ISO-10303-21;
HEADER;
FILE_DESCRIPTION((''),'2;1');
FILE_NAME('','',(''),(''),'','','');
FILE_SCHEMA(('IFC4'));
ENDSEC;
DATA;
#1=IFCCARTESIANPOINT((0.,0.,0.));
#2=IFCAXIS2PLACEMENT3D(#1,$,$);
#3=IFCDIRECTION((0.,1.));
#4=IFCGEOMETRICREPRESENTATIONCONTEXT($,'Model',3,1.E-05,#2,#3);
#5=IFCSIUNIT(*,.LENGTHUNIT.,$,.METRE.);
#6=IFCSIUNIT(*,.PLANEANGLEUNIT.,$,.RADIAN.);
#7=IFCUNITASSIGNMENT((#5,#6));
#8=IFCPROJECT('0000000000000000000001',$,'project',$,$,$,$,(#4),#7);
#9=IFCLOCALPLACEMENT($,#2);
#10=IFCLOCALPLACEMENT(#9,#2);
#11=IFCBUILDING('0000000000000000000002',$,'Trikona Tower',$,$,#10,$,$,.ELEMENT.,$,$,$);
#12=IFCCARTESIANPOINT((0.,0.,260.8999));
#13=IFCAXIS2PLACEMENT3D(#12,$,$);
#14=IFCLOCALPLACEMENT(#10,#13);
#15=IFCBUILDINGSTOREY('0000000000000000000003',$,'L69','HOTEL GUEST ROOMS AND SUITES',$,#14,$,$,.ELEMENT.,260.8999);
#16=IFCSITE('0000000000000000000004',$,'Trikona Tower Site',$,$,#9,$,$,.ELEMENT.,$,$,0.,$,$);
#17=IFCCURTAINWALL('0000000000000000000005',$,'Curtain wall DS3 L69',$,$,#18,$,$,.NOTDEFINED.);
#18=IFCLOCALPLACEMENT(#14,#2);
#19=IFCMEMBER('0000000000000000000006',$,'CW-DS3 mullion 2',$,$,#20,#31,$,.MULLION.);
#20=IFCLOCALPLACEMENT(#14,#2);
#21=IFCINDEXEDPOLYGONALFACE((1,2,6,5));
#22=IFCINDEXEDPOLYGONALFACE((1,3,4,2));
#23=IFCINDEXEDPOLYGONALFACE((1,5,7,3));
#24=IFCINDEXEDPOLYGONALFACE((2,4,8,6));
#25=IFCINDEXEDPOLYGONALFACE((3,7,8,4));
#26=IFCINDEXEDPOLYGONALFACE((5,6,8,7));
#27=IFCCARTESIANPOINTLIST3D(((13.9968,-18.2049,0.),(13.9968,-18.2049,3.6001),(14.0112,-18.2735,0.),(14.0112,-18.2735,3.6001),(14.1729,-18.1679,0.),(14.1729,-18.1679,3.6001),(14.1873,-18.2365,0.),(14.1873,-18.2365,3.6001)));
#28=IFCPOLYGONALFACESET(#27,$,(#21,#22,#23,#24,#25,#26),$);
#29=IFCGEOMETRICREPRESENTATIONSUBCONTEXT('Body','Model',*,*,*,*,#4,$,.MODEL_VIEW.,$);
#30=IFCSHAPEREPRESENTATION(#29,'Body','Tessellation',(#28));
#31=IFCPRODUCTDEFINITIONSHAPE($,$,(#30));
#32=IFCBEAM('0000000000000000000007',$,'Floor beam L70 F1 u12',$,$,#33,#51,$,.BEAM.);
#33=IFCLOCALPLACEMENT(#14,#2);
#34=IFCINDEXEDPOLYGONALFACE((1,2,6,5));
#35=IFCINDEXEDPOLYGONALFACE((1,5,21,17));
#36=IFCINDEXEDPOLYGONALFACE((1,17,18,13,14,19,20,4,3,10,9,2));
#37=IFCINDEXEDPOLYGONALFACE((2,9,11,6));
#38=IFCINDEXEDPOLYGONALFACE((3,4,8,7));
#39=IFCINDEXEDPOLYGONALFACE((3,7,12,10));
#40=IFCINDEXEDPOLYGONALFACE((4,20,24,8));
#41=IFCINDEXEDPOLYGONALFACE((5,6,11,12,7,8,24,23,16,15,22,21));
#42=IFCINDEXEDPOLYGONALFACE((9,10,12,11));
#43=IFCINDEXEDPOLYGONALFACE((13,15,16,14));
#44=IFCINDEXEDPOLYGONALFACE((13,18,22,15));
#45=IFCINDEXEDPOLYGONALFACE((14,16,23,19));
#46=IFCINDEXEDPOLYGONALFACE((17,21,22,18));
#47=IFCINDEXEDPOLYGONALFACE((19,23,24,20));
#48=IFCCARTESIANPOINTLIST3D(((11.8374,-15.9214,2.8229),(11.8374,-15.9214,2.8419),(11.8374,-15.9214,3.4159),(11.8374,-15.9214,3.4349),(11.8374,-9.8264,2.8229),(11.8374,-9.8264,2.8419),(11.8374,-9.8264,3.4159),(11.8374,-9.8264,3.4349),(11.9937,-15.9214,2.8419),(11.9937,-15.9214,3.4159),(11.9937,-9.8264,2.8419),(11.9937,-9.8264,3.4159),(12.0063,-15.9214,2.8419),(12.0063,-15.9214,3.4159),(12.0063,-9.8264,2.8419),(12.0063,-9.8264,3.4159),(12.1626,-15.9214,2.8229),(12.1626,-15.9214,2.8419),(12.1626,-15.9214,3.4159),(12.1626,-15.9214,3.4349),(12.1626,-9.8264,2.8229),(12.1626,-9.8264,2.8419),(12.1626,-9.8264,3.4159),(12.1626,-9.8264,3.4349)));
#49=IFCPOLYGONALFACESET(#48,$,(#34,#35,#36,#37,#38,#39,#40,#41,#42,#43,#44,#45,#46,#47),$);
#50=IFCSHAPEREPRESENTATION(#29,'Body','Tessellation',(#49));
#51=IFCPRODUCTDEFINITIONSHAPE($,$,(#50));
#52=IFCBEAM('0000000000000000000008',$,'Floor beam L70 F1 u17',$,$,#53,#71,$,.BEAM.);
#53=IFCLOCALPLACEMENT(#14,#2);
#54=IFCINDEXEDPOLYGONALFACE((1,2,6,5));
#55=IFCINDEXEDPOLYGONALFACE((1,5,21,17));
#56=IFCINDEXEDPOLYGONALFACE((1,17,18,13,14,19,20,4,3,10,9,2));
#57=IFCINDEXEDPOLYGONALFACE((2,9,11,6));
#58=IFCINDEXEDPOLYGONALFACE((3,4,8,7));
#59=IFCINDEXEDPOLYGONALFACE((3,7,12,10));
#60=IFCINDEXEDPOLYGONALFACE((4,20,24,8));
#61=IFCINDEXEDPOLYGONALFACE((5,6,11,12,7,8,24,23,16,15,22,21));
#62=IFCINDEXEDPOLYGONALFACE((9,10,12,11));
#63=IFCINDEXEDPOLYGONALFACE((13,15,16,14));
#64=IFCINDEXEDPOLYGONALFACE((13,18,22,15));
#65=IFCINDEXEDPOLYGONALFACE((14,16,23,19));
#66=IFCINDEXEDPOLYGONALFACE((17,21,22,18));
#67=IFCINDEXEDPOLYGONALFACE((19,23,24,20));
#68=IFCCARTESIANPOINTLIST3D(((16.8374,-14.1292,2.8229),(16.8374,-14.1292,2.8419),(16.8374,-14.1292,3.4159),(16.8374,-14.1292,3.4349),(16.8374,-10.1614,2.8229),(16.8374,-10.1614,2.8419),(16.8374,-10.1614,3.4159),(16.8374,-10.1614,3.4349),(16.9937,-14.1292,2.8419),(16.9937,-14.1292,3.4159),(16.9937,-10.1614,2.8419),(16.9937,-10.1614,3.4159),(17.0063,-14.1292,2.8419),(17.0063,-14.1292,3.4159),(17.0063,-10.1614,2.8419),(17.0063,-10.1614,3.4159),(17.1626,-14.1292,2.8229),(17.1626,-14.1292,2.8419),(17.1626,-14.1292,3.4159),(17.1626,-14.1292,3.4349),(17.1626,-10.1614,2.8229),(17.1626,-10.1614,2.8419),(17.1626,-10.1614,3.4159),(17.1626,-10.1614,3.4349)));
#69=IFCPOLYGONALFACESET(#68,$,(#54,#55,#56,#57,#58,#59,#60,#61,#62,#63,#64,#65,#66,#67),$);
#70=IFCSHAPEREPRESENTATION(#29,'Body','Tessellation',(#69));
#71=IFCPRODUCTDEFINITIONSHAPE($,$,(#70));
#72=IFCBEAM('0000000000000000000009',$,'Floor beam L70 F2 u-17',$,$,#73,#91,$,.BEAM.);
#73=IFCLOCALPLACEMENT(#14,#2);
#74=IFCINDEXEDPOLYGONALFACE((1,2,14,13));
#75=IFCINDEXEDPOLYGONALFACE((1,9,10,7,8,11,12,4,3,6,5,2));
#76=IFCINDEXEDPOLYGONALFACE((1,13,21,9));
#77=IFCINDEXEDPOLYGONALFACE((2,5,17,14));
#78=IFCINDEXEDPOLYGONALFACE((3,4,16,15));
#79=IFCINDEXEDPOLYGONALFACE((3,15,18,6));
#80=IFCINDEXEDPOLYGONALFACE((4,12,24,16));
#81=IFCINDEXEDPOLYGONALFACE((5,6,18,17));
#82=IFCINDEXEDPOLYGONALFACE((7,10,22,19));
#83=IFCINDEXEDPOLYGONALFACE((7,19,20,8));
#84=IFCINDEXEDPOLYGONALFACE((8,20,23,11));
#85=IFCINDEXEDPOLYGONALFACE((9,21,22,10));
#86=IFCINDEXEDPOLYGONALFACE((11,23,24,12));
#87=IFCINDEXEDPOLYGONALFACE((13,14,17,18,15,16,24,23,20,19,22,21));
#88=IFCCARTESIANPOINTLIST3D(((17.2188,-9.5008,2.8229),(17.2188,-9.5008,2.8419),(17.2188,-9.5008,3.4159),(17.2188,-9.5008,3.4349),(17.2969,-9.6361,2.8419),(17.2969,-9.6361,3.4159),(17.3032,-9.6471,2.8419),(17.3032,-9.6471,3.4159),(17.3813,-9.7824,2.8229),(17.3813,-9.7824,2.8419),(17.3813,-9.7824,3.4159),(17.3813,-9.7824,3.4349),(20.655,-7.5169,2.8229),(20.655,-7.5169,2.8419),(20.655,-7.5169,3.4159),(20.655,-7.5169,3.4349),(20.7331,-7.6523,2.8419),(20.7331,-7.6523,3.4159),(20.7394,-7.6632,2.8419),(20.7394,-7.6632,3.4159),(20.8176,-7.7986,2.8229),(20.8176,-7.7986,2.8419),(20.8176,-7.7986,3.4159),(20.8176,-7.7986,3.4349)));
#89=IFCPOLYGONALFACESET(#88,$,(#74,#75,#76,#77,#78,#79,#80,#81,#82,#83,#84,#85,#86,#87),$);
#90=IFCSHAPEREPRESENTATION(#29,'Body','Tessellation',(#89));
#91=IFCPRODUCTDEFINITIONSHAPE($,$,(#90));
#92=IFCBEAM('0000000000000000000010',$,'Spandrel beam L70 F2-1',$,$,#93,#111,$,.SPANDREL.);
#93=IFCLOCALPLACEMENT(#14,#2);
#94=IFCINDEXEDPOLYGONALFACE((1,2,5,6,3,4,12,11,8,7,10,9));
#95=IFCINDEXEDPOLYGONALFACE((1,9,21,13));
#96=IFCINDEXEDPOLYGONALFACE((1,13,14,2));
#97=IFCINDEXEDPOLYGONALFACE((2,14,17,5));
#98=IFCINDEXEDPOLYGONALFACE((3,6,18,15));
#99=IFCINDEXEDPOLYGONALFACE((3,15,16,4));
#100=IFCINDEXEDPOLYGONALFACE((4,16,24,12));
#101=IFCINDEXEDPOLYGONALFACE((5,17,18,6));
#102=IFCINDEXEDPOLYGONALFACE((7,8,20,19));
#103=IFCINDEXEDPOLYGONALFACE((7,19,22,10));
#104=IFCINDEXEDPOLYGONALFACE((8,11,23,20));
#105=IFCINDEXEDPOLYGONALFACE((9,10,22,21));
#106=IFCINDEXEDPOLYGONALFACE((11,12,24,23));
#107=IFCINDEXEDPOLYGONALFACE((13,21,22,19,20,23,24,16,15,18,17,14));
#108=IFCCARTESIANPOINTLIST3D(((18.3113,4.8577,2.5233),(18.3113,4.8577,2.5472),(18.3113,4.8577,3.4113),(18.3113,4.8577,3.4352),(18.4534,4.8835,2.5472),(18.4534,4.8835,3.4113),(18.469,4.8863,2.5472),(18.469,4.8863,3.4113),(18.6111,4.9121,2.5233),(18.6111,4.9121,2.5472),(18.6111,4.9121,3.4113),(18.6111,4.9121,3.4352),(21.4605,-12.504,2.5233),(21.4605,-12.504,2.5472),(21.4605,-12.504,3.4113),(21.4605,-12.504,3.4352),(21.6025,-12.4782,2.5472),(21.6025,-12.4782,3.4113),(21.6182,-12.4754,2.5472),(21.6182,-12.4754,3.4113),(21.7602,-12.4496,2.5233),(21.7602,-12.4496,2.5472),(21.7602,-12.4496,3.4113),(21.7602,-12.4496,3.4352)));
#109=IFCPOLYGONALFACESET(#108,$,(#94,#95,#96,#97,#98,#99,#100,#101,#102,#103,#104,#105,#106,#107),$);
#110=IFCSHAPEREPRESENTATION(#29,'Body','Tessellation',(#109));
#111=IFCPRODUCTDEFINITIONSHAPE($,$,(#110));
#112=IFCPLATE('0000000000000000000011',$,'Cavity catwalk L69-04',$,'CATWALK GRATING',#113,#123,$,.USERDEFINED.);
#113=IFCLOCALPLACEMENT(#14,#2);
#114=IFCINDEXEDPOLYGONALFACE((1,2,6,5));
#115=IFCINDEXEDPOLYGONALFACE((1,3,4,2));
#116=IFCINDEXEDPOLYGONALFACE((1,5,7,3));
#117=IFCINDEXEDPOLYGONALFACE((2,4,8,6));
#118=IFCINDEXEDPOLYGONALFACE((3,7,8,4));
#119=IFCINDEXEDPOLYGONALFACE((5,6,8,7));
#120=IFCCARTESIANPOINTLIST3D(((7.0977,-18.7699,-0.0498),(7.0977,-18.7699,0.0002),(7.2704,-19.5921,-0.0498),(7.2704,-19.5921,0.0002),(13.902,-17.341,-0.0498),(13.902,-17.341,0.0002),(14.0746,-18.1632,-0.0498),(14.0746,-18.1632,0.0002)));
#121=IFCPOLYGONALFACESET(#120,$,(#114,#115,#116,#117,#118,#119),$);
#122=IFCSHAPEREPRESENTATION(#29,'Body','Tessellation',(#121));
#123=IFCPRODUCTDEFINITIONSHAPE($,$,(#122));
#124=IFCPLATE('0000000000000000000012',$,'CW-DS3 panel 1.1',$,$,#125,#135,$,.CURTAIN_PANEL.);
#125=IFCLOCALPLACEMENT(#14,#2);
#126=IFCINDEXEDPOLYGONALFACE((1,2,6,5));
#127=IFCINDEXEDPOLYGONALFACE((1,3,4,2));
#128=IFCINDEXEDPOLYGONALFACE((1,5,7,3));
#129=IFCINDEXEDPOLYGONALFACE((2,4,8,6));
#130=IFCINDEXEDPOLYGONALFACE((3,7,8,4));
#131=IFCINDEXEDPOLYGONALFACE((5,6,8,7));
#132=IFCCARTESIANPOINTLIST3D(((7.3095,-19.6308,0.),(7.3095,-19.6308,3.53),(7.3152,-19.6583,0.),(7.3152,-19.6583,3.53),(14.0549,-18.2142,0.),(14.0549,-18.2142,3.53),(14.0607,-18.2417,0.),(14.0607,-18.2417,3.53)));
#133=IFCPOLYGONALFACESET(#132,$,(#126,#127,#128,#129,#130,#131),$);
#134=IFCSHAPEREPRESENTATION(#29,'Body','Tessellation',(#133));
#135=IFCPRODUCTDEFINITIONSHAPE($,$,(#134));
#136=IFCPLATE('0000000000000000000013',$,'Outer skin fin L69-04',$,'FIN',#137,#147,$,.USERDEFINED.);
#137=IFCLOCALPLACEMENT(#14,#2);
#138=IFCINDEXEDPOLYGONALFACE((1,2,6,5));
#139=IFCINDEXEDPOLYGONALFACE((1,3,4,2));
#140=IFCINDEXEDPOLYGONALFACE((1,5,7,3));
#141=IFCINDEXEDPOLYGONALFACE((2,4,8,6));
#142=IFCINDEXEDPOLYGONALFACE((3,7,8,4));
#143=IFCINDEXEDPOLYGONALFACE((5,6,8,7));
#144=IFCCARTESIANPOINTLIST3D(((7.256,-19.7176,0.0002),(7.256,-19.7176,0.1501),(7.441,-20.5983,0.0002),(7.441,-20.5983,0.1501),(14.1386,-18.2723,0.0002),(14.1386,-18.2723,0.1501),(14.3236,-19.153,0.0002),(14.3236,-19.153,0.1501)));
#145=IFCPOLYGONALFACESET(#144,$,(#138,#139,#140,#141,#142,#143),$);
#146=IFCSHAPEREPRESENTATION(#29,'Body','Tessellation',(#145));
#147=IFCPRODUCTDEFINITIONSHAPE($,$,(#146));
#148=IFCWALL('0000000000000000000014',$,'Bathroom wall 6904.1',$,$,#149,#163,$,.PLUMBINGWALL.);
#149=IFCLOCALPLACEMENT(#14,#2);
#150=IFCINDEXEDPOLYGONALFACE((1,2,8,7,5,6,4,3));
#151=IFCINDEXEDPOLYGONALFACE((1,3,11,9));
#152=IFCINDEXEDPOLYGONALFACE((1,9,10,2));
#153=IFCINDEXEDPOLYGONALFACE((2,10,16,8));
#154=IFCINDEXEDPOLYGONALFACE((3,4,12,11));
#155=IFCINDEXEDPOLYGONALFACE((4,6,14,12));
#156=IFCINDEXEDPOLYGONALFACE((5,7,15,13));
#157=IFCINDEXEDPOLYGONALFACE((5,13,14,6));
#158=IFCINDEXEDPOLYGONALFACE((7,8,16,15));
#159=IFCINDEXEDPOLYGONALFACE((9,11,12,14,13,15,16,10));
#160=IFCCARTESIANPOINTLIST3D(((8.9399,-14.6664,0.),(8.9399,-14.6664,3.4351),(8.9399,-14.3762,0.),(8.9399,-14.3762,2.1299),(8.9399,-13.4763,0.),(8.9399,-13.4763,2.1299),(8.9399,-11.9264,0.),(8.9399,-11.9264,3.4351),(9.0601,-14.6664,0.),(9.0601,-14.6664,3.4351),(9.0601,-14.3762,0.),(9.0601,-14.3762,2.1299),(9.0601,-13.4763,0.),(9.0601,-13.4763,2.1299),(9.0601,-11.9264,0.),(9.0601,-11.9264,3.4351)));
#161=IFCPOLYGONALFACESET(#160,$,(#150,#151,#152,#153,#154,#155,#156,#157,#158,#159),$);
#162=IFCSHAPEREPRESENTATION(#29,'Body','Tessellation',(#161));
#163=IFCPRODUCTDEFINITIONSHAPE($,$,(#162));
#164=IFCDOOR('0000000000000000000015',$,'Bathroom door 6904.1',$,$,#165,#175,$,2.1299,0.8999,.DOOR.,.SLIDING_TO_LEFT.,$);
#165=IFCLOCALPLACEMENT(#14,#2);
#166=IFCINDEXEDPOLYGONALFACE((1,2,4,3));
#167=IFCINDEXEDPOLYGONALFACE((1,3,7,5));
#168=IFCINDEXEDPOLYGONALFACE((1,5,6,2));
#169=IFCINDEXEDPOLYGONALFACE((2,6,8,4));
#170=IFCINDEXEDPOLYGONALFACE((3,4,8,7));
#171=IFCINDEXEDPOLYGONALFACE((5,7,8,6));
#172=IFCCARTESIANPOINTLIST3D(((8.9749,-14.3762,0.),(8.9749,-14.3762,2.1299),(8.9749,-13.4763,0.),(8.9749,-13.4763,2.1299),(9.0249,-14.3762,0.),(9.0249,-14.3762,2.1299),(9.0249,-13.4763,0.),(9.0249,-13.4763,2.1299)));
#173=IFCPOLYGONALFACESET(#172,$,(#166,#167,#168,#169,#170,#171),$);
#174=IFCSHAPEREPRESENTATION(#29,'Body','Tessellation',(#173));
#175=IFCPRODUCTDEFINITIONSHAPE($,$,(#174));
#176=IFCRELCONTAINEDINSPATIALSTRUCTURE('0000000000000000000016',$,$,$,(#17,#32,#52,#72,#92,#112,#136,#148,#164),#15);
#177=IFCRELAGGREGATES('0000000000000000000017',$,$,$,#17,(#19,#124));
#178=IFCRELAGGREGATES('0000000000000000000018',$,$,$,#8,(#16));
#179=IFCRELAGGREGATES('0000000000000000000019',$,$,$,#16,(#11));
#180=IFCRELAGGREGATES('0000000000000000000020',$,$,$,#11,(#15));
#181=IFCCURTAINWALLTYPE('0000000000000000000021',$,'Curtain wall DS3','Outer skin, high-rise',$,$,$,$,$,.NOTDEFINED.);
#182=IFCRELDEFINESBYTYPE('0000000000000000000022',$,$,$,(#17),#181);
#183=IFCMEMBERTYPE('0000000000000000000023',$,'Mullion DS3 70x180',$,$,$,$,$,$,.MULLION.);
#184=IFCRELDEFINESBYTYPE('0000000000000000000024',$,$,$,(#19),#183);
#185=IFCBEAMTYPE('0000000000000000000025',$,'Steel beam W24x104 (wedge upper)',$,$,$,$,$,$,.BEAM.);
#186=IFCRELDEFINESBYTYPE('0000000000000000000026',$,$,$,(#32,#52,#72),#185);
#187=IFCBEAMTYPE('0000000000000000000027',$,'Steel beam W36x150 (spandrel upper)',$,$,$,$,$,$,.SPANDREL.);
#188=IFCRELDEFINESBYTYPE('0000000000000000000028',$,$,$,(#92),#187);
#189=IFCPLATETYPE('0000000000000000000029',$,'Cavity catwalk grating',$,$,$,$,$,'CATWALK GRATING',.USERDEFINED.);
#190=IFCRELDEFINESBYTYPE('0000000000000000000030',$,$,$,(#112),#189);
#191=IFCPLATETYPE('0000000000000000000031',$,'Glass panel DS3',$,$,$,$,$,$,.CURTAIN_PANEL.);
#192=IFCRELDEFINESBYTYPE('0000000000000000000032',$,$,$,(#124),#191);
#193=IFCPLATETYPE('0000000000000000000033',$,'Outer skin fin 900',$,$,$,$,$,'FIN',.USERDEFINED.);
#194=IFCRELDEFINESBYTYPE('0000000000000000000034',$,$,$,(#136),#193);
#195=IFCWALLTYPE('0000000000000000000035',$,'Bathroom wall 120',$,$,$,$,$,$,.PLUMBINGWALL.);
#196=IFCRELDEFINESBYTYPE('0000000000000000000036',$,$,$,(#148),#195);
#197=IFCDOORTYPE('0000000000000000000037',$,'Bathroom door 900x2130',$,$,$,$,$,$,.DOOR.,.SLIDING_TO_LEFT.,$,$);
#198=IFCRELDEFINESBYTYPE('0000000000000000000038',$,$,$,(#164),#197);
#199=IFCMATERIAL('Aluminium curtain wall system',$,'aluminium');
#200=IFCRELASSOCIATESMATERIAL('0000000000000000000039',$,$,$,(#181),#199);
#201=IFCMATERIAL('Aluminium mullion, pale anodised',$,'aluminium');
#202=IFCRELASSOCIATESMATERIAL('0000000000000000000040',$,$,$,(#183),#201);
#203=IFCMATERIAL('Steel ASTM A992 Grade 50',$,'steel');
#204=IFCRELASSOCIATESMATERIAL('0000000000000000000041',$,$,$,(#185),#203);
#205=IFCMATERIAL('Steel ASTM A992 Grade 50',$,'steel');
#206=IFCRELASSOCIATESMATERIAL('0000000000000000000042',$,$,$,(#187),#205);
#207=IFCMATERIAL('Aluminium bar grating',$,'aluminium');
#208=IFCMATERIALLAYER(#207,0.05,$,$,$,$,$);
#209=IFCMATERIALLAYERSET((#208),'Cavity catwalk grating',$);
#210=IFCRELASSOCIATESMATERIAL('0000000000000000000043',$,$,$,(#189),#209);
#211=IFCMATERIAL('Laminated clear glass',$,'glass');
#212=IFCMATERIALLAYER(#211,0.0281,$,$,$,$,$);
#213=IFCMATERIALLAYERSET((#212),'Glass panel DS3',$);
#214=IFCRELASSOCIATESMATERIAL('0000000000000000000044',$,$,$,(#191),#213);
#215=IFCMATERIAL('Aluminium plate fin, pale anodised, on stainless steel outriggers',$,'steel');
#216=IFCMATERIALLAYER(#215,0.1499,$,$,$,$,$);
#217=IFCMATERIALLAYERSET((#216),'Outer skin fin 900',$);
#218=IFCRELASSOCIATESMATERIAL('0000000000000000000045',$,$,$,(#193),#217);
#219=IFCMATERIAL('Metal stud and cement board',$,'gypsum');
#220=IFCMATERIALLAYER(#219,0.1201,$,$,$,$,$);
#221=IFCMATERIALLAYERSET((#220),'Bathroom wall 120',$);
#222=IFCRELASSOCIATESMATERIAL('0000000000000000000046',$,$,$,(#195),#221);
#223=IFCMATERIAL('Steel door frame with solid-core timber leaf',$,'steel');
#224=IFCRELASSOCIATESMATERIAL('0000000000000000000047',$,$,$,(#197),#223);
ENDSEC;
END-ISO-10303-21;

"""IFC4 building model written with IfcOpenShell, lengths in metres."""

from ifc_helpers import new_model, si_unit, direction, frame, frame_2d, origin, origin_2d, place, context, subcontext, project, spatial, rectangle, i_section, extrude, material, layer, layer_set, material_profile, profile_set, type_object, element, fill, aggregate, save


model = new_model("IFC4")

# Units and contexts
model_context = context("Model", 3, precision=1e-05, world=origin(), true_north=direction((0.0, 1.0)))
body_context = subcontext(model_context, "Body", "Model", "MODEL_VIEW")
ifc_project = project(units=[si_unit("LENGTHUNIT", "METRE"), si_unit("PLANEANGLEUNIT", "RADIAN")], contexts=[model_context])

# Site, building, storey
site_placement = place(None, origin())
site = spatial("IfcSite", under=ifc_project, at=site_placement, Name="Trikona Tower Site", CompositionType="ELEMENT", RefElevation=0.0)
building_placement = place(site_placement, origin())
building = spatial("IfcBuilding", under=site, at=building_placement, Name="Trikona Tower", CompositionType="ELEMENT")
storey_placement = place(building_placement, frame((0.0, 0.0, 260.8999)))
storey = spatial("IfcBuildingStorey", under=building, at=storey_placement, Name="L69", Description="HOTEL GUEST ROOMS AND SUITES", CompositionType="ELEMENT", Elevation=260.8999)

# Curtain wall, member
ifc_material_1 = material(Name="Aluminium curtain wall system", Category="aluminium")
curtain_wall_type = type_object("IfcCurtainWallType", Name="Curtain wall DS3", Description="Outer skin, high-rise", PredefinedType="NOTDEFINED", material=ifc_material_1)
curtain_wall_placement = place(storey_placement, origin())
curtain_wall = element("IfcCurtainWall", 1, at=curtain_wall_placement, inside=storey, type_object=curtain_wall_type, Name="Curtain wall DS3 L69", PredefinedType="NOTDEFINED")
ifc_material_2 = material(Name="Aluminium mullion, pale anodised", Category="aluminium")
ifc_material_profile_1 = material_profile(ifc_material_2, rectangle(XDim=0.0701, YDim=0.1799, at=origin_2d()), Name="MUL-DS3")
ifc_profile_set_1 = profile_set([ifc_material_profile_1], Name="Aluminium mullion, pale anodised")
member_type = type_object("IfcMemberType", Name="Mullion DS3 70x180", PredefinedType="MULLION", material=ifc_profile_set_1)
member_placement = place(storey_placement, frame((14.092, -18.2207, 0.0), z_axis=(0.0, 0.0, 1.0), x_axis=(-0.205527, 0.978651, 0.0)))
member = element("IfcMember", 2, at=member_placement, type_object=member_type, Name="CW-DS3 mullion 2", PredefinedType="MULLION", context=body_context, shape_type="SweptSolid", body=[
    extrude(rectangle(XDim=0.0701, YDim=0.1799, at=origin_2d()), origin(), (0.0, 0.0, 1.0), 3.6001),
])

# Beams
ifc_material_3 = material(Name="Steel ASTM A992 Grade 50", Category="steel")
ifc_material_profile_2 = material_profile(ifc_material_3, i_section(OverallWidth=0.3252, OverallDepth=0.6121, WebThickness=0.0127, FlangeThickness=0.019, at=origin_2d()), Name="W24X104")
ifc_profile_set_2 = profile_set([ifc_material_profile_2], Name="Steel ASTM A992 Grade 50")
beam_type_1 = type_object("IfcBeamType", Name="Steel beam W24x104 (wedge upper)", PredefinedType="BEAM", material=ifc_profile_set_2)
beam_1_placement = place(storey_placement, frame((12.0, -9.8264, 3.1289), z_axis=(0.0, -1.0, 0.0), x_axis=(1.0, 0.0, 0.0)))
element("IfcBeam", 3, at=beam_1_placement, inside=storey, type_object=beam_type_1, Name="Floor beam L70 F1 u12", PredefinedType="BEAM", context=body_context, shape_type="SweptSolid", body=[
    extrude(i_section(OverallWidth=0.3252, OverallDepth=0.6121, WebThickness=0.0127, FlangeThickness=0.019, at=origin_2d()), origin(), (0.0, 0.0, 1.0), 6.095),
])
for number, where, z_axis, x_axis, name in (
    (4, (17.0, -10.1614, 3.1289), (0.0, -1.0, 0.0), (1.0, 0.0, 0.0), "Floor beam L70 F1 u17"),
    (5, (17.3, -9.6416, 3.1289), (0.866031, 0.499991, 0.0), (-0.499991, 0.866031, 0.0), "Floor beam L70 F2 u-17"),
):
    element("IfcBeam", number, at=place(storey_placement, frame(where, z_axis=z_axis, x_axis=x_axis)), inside=storey, type_object=beam_type_1, Name=name, PredefinedType="BEAM", context=body_context, shape_type="SweptSolid", body=[
        extrude(i_section(OverallWidth=0.3252, OverallDepth=0.6121, WebThickness=0.0127, FlangeThickness=0.019, at=origin_2d()), origin(), (0.0, 0.0, 1.0), 3.9678),
    ])
ifc_material_4 = material(Name="Steel ASTM A992 Grade 50", Category="steel")
ifc_material_profile_3 = material_profile(ifc_material_4, i_section(OverallWidth=0.3047, OverallDepth=0.9119, WebThickness=0.0159, FlangeThickness=0.0239, at=origin_2d()), Name="W36X150")
ifc_profile_set_3 = profile_set([ifc_material_profile_3], Name="Steel ASTM A992 Grade 50")
beam_type_2 = type_object("IfcBeamType", Name="Steel beam W36x150 (spandrel upper)", PredefinedType="SPANDREL", material=ifc_profile_set_3)
beam_2_placement = place(storey_placement, frame((21.6104, -12.4768, 2.9792), z_axis=(-0.178473, 0.983945, 0.0), x_axis=(-0.983945, -0.178473, 0.0)))
element("IfcBeam", 6, at=beam_2_placement, inside=storey, type_object=beam_type_2, Name="Spandrel beam L70 F2-1", PredefinedType="SPANDREL", context=body_context, shape_type="SweptSolid", body=[
    extrude(i_section(OverallWidth=0.3047, OverallDepth=0.9119, WebThickness=0.0159, FlangeThickness=0.0239, at=origin_2d()), origin(), (0.0, 0.0, 1.0), 17.645),
])

# Plates
ifc_material_5 = material(Name="Aluminium bar grating", Category="aluminium")
ifc_layer_1 = layer(ifc_material_5, 0.05)
ifc_layer_set_1 = layer_set([ifc_layer_1], Name="Cavity catwalk grating")
plate_type_1 = type_object("IfcPlateType", Name="Cavity catwalk grating", ElementType="CATWALK GRATING", PredefinedType="USERDEFINED", material=ifc_layer_set_1)
plate_1_placement = place(storey_placement, frame((10.5862, -18.4666, -0.0498), z_axis=(0.0, 0.0, 1.0), x_axis=(0.978653, 0.205518, 0.0)))
element("IfcPlate", 7, at=plate_1_placement, inside=storey, type_object=plate_type_1, Name="Cavity catwalk L69-04", ObjectType="CATWALK GRATING", PredefinedType="USERDEFINED", context=body_context, shape_type="SweptSolid", body=[
    extrude(rectangle(XDim=6.9526, YDim=0.8401, at=origin_2d()), origin(), (0.0, 0.0, 1.0), 0.05),
])
ifc_material_6 = material(Name="Laminated clear glass", Category="glass")
ifc_layer_2 = layer(ifc_material_6, 0.0281)
ifc_layer_set_2 = layer_set([ifc_layer_2], Name="Glass panel DS3")
plate_type_2 = type_object("IfcPlateType", Name="Glass panel DS3", PredefinedType="CURTAIN_PANEL", material=ifc_layer_set_2)
plate_2_placement = place(storey_placement, frame((10.6851, -18.9363, 0.0), z_axis=(0.0, 0.0, 1.0), x_axis=(0.978651, 0.205527, 0.0)))
plate_2 = element("IfcPlate", 8, at=plate_2_placement, type_object=plate_type_2, Name="CW-DS3 panel 1.1", PredefinedType="CURTAIN_PANEL", context=body_context, shape_type="SweptSolid", body=[
    extrude(rectangle(XDim=6.8926, YDim=0.0281, at=origin_2d()), origin(), (0.0, 0.0, 1.0), 3.53),
])
aggregate(curtain_wall, [member, plate_2])
ifc_material_7 = material(Name="Aluminium plate fin, pale anodised, on stainless steel outriggers", Category="steel")
ifc_layer_3 = layer(ifc_material_7, 0.1499)
ifc_layer_set_3 = layer_set([ifc_layer_3], Name="Outer skin fin 900")
plate_type_3 = type_object("IfcPlateType", Name="Outer skin fin 900", ElementType="FIN", PredefinedType="USERDEFINED", material=ifc_layer_set_3)
plate_3_placement = place(storey_placement, frame((10.7898, -19.4353, 0.0002), z_axis=(0.0, 0.0, 1.0), x_axis=(0.978653, 0.205518, 0.0)))
element("IfcPlate", 9, at=plate_3_placement, inside=storey, type_object=plate_type_3, Name="Outer skin fin L69-04", ObjectType="FIN", PredefinedType="USERDEFINED", context=body_context, shape_type="SweptSolid", body=[
    extrude(rectangle(XDim=7.0327, YDim=0.8999, at=origin_2d()), origin(), (0.0, 0.0, 1.0), 0.1499),
])

# Wall, opening, door
ifc_material_8 = material(Name="Metal stud and cement board", Category="gypsum")
ifc_layer_4 = layer(ifc_material_8, 0.1201)
ifc_layer_set_4 = layer_set([ifc_layer_4], Name="Bathroom wall 120")
wall_type_1 = type_object("IfcWallType", Name="Bathroom wall 120", PredefinedType="PLUMBINGWALL", material=ifc_layer_set_4)
wall_1_placement = place(storey_placement, frame((9.0, -11.9263, 0.0), z_axis=(0.0, 0.0, 1.0), x_axis=(0.0, -1.0, 0.0)))
wall_1 = element("IfcWall", 10, at=wall_1_placement, inside=storey, type_object=wall_type_1, Name="Bathroom wall 6904.1", PredefinedType="PLUMBINGWALL", context=body_context, shape_type="SweptSolid", body=[
    extrude(rectangle(XDim=2.74, YDim=0.1201, at=frame_2d((1.3701, 0.0))), origin(), (0.0, 0.0, 1.0), 3.4351),
])
opening_1_placement = place(wall_1_placement, frame((1.55, 0.0, 0.0)))
opening_1 = element("IfcOpeningElement", 11, at=opening_1_placement, cuts=wall_1, PredefinedType="OPENING", context=body_context, shape_type="SweptSolid", body=[
    extrude(rectangle(XDim=0.8999, YDim=2.1299, at=frame_2d((0.45, 1.0649))), frame((0.0, 0.0701, 0.0), z_axis=(0.0, -1.0, 0.0), x_axis=(1.0, 0.0, 0.0)), (0.0, 0.0, 1.0), 0.1401),
])
ifc_material_9 = material(Name="Steel door frame with solid-core timber leaf", Category="steel")
door_type_1 = type_object("IfcDoorType", Name="Bathroom door 900x2130", OperationType="SLIDING_TO_LEFT", PredefinedType="DOOR", material=ifc_material_9)
door_1_placement = place(opening_1_placement, origin())
door_1 = element("IfcDoor", 12, at=door_1_placement, inside=storey, type_object=door_type_1, Name="Bathroom door 6904.1", OperationType="SLIDING_TO_LEFT", OverallHeight=2.1299, OverallWidth=0.8999, PredefinedType="DOOR", context=body_context, shape_type="SweptSolid", body=[
    extrude(rectangle(XDim=0.8999, YDim=2.1299, at=frame_2d((0.45, 1.0649))), frame((0.0, 0.0249, 0.0), z_axis=(0.0, -1.0, 0.0), x_axis=(1.0, 0.0, 0.0)), (0.0, 0.0, 1.0), 0.05),
])
fill(opening_1, door_1)

save(model, "model.ifc")
